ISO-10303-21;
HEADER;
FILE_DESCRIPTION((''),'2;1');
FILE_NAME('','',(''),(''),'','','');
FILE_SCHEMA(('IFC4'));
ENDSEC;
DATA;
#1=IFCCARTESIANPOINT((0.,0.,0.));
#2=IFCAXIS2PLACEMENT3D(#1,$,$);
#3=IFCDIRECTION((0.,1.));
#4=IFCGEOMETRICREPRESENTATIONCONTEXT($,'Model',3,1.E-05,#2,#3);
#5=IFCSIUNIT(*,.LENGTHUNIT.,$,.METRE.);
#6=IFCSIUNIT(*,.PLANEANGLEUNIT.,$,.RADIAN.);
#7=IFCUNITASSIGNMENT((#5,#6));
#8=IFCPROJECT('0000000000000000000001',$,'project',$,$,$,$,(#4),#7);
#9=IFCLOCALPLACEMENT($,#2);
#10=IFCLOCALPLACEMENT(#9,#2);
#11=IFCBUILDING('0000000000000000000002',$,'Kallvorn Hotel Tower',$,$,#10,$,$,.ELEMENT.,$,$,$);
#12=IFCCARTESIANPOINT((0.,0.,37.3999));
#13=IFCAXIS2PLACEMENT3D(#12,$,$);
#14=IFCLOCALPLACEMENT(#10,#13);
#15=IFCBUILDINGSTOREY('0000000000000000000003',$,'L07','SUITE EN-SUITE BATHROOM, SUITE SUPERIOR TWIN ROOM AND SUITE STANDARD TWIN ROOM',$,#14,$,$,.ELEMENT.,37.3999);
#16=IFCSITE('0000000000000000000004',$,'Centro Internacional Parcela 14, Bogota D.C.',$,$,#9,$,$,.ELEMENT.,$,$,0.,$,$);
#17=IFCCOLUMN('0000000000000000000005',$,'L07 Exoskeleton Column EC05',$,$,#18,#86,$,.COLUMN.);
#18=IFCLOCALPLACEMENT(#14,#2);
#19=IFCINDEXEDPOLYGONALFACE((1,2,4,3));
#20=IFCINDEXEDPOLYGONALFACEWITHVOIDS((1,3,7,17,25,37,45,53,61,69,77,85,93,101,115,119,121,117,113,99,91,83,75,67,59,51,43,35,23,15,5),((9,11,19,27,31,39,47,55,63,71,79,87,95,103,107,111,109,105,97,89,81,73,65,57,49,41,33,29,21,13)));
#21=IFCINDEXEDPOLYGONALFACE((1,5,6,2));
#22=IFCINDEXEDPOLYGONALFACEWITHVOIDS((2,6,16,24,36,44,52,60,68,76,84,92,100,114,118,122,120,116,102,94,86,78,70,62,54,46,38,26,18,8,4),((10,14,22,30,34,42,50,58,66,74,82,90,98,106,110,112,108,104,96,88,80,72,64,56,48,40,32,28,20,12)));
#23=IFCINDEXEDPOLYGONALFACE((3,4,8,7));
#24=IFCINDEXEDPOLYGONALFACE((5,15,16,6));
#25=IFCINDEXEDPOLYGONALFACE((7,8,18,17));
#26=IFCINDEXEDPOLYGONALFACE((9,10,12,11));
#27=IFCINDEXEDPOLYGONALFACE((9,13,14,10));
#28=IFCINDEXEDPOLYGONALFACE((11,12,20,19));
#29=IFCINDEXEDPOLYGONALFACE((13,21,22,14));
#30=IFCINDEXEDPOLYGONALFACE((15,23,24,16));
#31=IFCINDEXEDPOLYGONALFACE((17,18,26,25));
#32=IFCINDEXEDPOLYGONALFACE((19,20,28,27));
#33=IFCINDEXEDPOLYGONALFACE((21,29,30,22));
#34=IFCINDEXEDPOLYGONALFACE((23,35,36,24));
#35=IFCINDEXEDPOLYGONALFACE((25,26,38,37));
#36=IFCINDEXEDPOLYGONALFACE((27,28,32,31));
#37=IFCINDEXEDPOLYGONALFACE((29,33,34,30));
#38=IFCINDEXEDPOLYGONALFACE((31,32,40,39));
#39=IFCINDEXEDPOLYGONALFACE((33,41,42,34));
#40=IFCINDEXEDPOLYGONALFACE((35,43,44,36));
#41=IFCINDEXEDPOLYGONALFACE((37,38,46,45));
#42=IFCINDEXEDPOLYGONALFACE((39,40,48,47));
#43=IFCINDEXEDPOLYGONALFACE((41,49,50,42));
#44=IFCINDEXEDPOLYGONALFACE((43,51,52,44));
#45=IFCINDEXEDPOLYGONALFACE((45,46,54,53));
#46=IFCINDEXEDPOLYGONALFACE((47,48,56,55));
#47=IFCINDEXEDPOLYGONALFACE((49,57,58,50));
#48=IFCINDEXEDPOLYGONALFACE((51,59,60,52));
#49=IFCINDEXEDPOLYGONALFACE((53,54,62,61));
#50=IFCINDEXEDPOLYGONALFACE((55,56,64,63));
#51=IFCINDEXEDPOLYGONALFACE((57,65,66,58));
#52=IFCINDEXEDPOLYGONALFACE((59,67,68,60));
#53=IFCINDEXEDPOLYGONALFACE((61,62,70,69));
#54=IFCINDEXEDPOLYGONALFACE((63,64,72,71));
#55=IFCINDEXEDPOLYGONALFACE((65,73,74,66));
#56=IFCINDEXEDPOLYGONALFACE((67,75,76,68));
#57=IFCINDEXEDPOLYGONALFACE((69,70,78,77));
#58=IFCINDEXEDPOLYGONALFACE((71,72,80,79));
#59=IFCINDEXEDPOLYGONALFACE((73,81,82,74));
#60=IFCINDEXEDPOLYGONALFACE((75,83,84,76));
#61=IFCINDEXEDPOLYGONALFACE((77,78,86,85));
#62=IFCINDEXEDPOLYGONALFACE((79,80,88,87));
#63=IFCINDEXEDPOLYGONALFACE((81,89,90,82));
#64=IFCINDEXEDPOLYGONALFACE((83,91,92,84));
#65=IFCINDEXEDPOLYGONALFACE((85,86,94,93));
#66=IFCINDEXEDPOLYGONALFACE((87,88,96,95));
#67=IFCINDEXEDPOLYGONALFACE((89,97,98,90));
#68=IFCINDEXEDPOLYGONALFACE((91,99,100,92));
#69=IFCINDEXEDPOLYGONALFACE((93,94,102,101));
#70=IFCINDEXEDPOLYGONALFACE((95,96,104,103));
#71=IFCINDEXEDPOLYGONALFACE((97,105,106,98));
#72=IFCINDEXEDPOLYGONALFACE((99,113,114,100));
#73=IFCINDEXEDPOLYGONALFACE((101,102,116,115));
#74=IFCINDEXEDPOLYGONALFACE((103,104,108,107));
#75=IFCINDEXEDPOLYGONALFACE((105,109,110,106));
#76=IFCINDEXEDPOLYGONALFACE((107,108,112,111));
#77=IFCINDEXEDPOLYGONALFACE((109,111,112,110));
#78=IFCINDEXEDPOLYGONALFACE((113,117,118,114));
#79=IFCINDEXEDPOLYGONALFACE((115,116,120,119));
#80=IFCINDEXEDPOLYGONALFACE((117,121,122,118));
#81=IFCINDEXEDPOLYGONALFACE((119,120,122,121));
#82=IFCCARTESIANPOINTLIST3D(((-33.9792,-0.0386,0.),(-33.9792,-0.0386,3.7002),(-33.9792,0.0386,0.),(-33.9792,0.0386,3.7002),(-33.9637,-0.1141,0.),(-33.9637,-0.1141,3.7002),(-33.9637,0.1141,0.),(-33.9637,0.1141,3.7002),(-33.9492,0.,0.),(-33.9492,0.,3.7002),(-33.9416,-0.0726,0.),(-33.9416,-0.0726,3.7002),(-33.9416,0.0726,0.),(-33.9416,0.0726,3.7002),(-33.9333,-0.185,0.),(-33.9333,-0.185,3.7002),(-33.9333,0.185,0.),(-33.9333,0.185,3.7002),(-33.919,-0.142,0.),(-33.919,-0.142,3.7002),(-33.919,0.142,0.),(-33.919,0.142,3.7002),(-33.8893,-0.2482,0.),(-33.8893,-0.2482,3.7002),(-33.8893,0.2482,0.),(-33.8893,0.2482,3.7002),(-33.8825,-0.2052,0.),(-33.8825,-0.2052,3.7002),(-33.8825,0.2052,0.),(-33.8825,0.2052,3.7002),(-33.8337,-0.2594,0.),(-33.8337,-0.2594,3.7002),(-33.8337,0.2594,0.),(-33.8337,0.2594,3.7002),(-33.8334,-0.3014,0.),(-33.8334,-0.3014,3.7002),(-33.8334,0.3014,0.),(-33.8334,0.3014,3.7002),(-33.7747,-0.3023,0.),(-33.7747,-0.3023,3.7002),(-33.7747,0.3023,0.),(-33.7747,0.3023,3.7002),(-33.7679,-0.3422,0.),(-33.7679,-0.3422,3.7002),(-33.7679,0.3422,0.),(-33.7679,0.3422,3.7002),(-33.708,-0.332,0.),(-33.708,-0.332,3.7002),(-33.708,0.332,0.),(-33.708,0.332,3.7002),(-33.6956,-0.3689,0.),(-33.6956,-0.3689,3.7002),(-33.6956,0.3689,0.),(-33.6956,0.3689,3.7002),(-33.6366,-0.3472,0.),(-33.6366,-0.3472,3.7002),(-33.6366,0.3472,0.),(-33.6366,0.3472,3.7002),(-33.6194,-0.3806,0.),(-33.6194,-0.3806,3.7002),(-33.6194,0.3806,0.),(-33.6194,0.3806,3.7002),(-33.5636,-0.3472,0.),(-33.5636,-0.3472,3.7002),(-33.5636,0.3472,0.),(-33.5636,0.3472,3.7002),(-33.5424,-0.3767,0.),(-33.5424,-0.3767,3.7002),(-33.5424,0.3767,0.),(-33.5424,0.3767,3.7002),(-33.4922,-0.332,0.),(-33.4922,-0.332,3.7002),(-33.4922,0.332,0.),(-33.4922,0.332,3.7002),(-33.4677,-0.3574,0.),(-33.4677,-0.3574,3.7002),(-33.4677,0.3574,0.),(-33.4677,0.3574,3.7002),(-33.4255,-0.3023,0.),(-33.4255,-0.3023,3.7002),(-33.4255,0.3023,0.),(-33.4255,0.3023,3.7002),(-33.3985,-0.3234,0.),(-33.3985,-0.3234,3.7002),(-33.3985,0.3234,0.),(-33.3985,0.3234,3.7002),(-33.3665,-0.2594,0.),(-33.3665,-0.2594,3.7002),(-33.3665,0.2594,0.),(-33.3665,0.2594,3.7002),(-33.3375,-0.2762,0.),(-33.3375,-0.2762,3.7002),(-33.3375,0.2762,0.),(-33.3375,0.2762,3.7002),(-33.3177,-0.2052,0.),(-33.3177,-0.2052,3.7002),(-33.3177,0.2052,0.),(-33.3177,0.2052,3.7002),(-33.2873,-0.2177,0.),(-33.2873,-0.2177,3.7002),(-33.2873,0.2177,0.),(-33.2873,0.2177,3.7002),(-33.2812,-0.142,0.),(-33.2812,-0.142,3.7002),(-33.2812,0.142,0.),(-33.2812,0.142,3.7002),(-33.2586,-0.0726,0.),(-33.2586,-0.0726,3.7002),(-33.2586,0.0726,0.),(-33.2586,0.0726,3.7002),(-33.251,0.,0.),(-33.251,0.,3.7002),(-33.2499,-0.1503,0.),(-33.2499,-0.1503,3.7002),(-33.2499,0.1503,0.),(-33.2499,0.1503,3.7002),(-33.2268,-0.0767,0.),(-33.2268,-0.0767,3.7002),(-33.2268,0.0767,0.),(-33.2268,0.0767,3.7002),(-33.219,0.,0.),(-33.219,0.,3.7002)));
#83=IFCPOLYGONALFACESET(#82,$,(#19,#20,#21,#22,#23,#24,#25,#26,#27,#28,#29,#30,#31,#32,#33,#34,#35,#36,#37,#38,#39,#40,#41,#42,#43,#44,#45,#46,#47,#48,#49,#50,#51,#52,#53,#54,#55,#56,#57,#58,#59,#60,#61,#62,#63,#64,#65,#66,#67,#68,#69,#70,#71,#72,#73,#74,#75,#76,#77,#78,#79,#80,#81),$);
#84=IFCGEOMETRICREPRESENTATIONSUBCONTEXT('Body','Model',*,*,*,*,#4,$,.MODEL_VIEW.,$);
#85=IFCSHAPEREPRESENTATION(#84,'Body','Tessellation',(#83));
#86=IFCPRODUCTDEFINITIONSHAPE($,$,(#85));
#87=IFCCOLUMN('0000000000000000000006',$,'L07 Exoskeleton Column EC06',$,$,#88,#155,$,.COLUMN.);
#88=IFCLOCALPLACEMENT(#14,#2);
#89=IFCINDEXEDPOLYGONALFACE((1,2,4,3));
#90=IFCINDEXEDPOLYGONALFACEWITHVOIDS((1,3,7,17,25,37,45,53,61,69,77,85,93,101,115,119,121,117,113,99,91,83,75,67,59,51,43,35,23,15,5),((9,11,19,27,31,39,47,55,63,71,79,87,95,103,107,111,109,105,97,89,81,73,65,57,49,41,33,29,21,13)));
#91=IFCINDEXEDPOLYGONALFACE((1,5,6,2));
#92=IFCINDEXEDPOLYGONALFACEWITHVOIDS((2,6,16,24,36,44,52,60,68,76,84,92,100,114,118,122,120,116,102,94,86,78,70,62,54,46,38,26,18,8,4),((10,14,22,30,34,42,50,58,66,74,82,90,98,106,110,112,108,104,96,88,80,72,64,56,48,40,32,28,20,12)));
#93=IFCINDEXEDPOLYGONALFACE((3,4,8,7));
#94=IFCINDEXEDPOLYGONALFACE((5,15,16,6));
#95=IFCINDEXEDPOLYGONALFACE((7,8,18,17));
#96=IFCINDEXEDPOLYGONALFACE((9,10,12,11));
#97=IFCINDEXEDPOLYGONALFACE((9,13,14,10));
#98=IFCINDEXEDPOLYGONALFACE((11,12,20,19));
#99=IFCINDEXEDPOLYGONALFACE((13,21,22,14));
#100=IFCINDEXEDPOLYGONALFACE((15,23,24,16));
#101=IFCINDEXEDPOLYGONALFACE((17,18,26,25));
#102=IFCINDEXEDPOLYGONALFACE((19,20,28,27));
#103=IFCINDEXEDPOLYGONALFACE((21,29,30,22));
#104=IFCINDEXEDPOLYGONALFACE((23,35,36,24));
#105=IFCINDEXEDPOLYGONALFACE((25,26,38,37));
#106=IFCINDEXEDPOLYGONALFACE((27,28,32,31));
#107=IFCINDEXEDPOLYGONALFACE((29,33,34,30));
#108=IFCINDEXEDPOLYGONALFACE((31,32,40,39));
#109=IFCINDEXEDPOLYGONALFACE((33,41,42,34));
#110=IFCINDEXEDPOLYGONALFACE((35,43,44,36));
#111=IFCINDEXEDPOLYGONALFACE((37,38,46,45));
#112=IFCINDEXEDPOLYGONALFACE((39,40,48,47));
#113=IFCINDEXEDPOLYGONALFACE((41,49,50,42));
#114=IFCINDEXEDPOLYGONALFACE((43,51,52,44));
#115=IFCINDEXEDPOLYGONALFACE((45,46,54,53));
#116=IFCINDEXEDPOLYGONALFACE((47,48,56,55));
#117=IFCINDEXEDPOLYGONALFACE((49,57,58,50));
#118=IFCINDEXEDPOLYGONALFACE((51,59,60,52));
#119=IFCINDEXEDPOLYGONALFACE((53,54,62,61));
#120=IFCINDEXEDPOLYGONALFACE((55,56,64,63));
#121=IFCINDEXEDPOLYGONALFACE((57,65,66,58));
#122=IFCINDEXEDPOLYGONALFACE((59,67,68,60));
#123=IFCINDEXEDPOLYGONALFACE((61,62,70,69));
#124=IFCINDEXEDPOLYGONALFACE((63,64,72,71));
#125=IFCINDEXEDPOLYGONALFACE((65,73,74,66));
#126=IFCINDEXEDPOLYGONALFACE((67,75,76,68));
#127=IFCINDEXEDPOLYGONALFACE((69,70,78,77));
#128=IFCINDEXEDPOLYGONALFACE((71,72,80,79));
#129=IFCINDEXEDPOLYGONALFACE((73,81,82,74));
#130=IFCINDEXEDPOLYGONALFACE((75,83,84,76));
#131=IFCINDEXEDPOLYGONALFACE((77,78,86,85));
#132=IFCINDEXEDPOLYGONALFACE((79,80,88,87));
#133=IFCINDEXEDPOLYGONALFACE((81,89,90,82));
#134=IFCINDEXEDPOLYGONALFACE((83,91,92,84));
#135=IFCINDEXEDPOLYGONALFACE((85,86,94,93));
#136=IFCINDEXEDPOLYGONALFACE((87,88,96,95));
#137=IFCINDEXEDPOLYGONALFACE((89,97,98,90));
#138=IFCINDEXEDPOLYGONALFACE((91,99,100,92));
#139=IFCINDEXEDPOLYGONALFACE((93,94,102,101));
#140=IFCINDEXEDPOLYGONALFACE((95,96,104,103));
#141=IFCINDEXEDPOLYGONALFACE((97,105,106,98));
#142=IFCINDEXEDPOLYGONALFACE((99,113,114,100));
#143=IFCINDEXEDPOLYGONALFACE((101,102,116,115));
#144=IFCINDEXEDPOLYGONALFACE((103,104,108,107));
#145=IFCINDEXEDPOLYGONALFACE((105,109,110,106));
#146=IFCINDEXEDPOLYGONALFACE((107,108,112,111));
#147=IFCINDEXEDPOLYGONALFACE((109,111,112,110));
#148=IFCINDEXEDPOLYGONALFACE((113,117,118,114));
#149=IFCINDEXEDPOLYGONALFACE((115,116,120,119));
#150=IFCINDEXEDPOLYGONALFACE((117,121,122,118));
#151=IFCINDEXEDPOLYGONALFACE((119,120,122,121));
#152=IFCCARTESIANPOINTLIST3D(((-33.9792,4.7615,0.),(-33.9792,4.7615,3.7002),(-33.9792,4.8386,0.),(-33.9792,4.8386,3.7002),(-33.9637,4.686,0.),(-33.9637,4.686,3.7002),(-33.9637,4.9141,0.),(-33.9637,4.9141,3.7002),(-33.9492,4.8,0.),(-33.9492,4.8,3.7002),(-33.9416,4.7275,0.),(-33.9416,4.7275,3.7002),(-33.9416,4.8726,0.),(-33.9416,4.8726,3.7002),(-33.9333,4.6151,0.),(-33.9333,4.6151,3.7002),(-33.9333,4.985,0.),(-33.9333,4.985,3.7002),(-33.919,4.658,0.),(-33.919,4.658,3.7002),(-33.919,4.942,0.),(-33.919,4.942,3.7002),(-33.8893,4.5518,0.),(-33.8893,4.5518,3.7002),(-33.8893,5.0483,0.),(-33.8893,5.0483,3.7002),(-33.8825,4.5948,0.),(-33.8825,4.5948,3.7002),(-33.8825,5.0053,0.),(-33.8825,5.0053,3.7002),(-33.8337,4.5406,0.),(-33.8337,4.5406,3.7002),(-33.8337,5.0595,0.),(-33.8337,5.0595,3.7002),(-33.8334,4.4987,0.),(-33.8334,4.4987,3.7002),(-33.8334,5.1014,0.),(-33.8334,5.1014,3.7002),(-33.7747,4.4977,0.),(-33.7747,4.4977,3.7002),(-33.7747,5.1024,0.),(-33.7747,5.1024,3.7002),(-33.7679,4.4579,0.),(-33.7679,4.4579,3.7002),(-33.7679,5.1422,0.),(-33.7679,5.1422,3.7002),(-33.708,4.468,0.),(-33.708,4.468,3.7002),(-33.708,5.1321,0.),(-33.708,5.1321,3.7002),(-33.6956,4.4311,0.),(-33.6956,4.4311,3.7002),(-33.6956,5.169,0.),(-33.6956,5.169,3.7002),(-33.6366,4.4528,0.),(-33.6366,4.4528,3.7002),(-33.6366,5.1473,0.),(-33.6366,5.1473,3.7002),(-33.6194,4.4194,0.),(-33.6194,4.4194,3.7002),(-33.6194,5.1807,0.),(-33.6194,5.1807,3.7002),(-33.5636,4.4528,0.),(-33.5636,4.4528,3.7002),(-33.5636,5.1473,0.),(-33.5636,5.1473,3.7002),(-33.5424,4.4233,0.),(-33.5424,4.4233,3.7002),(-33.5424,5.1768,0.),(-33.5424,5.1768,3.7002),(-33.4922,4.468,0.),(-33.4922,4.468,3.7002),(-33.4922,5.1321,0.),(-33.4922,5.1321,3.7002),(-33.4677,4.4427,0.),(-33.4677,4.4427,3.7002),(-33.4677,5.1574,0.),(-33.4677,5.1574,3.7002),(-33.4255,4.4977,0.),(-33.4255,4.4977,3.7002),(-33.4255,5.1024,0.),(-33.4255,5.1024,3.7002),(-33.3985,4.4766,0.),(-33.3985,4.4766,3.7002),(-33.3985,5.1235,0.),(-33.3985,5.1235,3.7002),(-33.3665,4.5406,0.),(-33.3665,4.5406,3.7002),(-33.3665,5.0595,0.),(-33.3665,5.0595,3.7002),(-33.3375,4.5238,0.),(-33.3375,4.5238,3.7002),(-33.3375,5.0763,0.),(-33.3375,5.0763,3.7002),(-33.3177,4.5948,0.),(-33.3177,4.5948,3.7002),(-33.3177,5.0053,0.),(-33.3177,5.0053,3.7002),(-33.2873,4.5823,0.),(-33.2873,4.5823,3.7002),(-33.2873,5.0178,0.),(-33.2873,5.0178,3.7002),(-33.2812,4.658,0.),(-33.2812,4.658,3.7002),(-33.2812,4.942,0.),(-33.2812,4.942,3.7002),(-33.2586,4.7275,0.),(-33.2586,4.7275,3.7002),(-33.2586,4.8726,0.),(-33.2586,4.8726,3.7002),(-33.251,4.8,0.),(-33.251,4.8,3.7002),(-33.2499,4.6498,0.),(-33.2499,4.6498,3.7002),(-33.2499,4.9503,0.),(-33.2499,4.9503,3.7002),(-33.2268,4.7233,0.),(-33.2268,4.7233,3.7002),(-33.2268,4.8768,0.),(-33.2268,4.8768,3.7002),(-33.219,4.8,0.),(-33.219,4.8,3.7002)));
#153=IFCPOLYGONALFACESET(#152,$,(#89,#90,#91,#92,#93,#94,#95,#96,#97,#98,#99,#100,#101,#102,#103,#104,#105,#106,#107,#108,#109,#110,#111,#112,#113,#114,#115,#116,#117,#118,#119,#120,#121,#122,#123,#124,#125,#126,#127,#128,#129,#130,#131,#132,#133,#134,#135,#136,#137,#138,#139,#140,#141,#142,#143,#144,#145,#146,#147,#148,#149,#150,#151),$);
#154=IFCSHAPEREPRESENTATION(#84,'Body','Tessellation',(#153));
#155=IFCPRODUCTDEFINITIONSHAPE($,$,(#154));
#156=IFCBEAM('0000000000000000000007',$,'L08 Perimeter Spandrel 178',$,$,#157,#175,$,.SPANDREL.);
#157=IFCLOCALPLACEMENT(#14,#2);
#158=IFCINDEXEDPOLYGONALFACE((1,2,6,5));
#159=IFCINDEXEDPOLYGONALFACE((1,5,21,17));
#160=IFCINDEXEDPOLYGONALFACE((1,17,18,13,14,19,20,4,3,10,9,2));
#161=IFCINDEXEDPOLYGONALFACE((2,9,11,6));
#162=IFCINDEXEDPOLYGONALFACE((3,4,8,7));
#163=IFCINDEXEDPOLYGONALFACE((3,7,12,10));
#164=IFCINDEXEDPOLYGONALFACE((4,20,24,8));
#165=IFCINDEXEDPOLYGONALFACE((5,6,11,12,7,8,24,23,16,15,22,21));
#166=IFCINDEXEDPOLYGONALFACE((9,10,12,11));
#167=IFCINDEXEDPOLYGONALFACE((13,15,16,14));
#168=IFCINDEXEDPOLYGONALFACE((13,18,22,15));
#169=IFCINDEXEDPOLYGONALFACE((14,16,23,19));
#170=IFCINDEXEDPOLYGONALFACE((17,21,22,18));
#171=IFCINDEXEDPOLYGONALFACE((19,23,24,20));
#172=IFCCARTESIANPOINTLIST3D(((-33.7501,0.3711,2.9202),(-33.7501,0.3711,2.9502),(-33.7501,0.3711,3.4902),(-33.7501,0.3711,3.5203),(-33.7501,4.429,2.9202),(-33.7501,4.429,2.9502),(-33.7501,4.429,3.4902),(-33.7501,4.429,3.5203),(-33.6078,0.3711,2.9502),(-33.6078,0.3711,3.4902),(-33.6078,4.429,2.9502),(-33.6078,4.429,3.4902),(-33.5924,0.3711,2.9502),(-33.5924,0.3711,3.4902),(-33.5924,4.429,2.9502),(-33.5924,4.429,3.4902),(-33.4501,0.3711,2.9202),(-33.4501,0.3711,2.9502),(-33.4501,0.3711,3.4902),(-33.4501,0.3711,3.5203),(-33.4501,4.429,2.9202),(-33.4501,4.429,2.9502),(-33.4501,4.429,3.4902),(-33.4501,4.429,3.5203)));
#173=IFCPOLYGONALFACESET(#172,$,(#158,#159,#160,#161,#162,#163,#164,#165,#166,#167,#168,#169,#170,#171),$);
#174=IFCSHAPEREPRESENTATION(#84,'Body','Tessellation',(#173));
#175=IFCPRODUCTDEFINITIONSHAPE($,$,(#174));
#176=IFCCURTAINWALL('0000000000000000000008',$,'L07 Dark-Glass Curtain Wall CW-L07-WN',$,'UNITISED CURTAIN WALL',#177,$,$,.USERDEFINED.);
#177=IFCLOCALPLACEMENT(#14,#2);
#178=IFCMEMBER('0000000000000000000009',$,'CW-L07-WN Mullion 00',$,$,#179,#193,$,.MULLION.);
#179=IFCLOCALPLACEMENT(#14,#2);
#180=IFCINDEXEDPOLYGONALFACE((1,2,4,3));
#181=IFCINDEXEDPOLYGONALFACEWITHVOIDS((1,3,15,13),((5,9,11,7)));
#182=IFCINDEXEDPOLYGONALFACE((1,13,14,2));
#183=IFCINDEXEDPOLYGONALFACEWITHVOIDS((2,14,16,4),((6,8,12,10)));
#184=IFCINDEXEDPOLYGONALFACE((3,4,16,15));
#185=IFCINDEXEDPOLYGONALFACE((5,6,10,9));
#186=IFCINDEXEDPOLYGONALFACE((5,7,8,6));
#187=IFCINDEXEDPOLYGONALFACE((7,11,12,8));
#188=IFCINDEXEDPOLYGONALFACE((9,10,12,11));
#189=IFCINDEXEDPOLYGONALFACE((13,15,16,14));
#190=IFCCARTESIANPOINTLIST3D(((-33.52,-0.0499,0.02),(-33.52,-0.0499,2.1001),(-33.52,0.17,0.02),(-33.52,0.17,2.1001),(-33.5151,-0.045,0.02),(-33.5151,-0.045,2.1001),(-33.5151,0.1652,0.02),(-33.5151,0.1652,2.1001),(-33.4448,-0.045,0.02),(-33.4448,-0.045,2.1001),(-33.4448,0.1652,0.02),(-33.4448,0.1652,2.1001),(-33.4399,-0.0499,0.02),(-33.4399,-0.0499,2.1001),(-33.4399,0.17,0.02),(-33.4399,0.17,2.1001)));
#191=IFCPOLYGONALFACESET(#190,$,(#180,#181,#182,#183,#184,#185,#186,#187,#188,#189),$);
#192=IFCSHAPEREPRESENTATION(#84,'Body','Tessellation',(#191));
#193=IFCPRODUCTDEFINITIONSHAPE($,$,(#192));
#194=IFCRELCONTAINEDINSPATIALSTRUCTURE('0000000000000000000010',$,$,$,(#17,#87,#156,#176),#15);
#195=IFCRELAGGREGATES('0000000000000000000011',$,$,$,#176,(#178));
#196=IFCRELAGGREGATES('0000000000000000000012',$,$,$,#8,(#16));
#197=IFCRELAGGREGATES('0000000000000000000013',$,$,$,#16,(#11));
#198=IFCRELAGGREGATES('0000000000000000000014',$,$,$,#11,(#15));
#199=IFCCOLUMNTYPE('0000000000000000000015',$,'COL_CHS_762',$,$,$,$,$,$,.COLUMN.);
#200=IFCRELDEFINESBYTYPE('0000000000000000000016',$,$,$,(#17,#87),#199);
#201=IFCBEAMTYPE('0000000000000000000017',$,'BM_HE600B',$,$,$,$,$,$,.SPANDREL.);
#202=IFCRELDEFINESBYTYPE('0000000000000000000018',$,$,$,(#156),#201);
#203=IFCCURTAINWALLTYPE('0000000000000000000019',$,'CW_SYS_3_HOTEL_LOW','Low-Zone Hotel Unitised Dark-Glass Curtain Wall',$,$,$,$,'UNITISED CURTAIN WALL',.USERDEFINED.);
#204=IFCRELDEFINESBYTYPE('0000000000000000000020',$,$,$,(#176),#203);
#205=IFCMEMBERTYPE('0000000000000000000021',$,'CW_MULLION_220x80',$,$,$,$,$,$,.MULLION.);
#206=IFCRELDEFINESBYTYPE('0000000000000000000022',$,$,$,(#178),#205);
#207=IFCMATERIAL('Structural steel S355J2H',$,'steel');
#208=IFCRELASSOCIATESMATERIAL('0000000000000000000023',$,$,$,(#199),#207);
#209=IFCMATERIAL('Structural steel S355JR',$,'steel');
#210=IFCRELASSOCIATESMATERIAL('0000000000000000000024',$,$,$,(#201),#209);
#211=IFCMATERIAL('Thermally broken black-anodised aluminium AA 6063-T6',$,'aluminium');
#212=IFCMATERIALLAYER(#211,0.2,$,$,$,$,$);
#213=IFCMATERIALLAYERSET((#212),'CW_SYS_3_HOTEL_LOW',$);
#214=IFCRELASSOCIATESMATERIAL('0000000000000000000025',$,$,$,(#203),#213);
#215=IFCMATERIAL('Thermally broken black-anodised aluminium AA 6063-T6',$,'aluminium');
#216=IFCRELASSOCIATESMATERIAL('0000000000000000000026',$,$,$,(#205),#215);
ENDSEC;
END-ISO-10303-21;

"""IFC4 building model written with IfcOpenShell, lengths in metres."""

from ifc_helpers import new_model, si_unit, direction, frame, origin, origin_2d, place, context, subcontext, project, spatial, hollow_rectangle, hollow_circle, i_section, extrude, material, layer, layer_set, material_profile, profile_set, type_object, element, aggregate, save


model = new_model("IFC4")

# Units and contexts
model_context = context("Model", 3, precision=1e-05, world=origin(), true_north=direction((0.0, 1.0)))
body_context = subcontext(model_context, "Body", "Model", "MODEL_VIEW")
ifc_project = project(units=[si_unit("LENGTHUNIT", "METRE"), si_unit("PLANEANGLEUNIT", "RADIAN")], contexts=[model_context])

# Site, building, storey
site_placement = place(None, origin())
site = spatial("IfcSite", under=ifc_project, at=site_placement, Name="Centro Internacional Parcela 14, Bogota D.C.", CompositionType="ELEMENT", RefElevation=0.0)
building_placement = place(site_placement, origin())
building = spatial("IfcBuilding", under=site, at=building_placement, Name="Kallvorn Hotel Tower", CompositionType="ELEMENT")
storey_placement = place(building_placement, frame((0.0, 0.0, 37.3999)))
storey = spatial("IfcBuildingStorey", under=building, at=storey_placement, Name="L07", Description="SUITE EN-SUITE BATHROOM, SUITE SUPERIOR TWIN ROOM AND SUITE STANDARD TWIN ROOM", CompositionType="ELEMENT", Elevation=37.3999)

# Columns
ifc_material_1 = material(Name="Structural steel S355J2H", Category="steel")
ifc_material_profile_1 = material_profile(ifc_material_1, hollow_circle(Radius=0.3811, WallThickness=0.032, at=origin_2d()), Name="CHS 762x32")
ifc_profile_set_1 = profile_set([ifc_material_profile_1], Name="Structural steel S355J2H")
column_type = type_object("IfcColumnType", Name="COL_CHS_762", PredefinedType="COLUMN", material=ifc_profile_set_1)
for number, where, z_axis, x_axis, name in (
    (1, (-33.6001, 0.0, 0.0), (0.0, 0.0, 1.0), (1.0, 0.0, 0.0), "L07 Exoskeleton Column EC05"),
    (2, (-33.6001, 4.8, 0.0), (0.0, 0.0, 1.0), (1.0, 0.0, 0.0), "L07 Exoskeleton Column EC06"),
):
    element("IfcColumn", number, at=place(storey_placement, frame(where, z_axis=z_axis, x_axis=x_axis)), inside=storey, type_object=column_type, Name=name, PredefinedType="COLUMN", context=body_context, shape_type="SweptSolid", body=[
        extrude(hollow_circle(Radius=0.3811, WallThickness=0.032, at=origin_2d()), origin(), (0.0, 0.0, 1.0), 3.7002),
    ])

# Beam
ifc_material_2 = material(Name="Structural steel S355JR", Category="steel")
ifc_material_profile_2 = material_profile(ifc_material_2, i_section(OverallWidth=0.3, OverallDepth=0.6001, WebThickness=0.0154, FlangeThickness=0.03, at=origin_2d()), Name="HE 600 B")
ifc_profile_set_2 = profile_set([ifc_material_profile_2], Name="Structural steel S355JR")
beam_type = type_object("IfcBeamType", Name="BM_HE600B", PredefinedType="SPANDREL", material=ifc_profile_set_2)
beam_placement = place(storey_placement, frame((-33.6001, 0.3711, 3.2202), z_axis=(0.0, 1.0, 0.0), x_axis=(-1.0, 0.0, 0.0)))
element("IfcBeam", 3, at=beam_placement, inside=storey, type_object=beam_type, Name="L08 Perimeter Spandrel 178", PredefinedType="SPANDREL", context=body_context, shape_type="SweptSolid", body=[
    extrude(i_section(OverallWidth=0.3, OverallDepth=0.6001, WebThickness=0.0154, FlangeThickness=0.03, at=origin_2d()), origin(), (0.0, 0.0, 1.0), 4.0579),
])

# Curtain wall, member
ifc_material_3 = material(Name="Thermally broken black-anodised aluminium AA 6063-T6", Category="aluminium")
ifc_layer_1 = layer(ifc_material_3, 0.2)
ifc_layer_set_1 = layer_set([ifc_layer_1], Name="CW_SYS_3_HOTEL_LOW")
curtain_wall_type = type_object("IfcCurtainWallType", Name="CW_SYS_3_HOTEL_LOW", Description="Low-Zone Hotel Unitised Dark-Glass Curtain Wall", ElementType="UNITISED CURTAIN WALL", PredefinedType="USERDEFINED", material=ifc_layer_set_1)
curtain_wall_placement = place(storey_placement, origin())
curtain_wall = element("IfcCurtainWall", 4, at=curtain_wall_placement, inside=storey, type_object=curtain_wall_type, Name="L07 Dark-Glass Curtain Wall CW-L07-WN", ObjectType="UNITISED CURTAIN WALL", PredefinedType="USERDEFINED")
ifc_material_4 = material(Name="Thermally broken black-anodised aluminium AA 6063-T6", Category="aluminium")
ifc_material_profile_3 = material_profile(ifc_material_4, hollow_rectangle(XDim=0.0801, YDim=0.22, WallThickness=0.0049, at=origin_2d()), Name="MUL 220x80")
ifc_profile_set_3 = profile_set([ifc_material_profile_3], Name="Thermally broken black-anodised aluminium AA 6063-T6")
member_type_1 = type_object("IfcMemberType", Name="CW_MULLION_220x80", PredefinedType="MULLION", material=ifc_profile_set_3)
member_1_placement = place(storey_placement, frame((-33.48, 0.0601, 0.02), z_axis=(0.0, 0.0, 1.0), x_axis=(1.0, 0.0, 0.0)))
member_1 = element("IfcMember", 5, at=member_1_placement, type_object=member_type_1, Name="CW-L07-WN Mullion 00", PredefinedType="MULLION", context=body_context, shape_type="SweptSolid", body=[
    extrude(hollow_rectangle(XDim=0.0801, YDim=0.22, WallThickness=0.0049, at=origin_2d()), origin(), (0.0, 0.0, 1.0), 2.0801),
])
aggregate(curtain_wall, [member_1])

save(model, "model.ifc")
